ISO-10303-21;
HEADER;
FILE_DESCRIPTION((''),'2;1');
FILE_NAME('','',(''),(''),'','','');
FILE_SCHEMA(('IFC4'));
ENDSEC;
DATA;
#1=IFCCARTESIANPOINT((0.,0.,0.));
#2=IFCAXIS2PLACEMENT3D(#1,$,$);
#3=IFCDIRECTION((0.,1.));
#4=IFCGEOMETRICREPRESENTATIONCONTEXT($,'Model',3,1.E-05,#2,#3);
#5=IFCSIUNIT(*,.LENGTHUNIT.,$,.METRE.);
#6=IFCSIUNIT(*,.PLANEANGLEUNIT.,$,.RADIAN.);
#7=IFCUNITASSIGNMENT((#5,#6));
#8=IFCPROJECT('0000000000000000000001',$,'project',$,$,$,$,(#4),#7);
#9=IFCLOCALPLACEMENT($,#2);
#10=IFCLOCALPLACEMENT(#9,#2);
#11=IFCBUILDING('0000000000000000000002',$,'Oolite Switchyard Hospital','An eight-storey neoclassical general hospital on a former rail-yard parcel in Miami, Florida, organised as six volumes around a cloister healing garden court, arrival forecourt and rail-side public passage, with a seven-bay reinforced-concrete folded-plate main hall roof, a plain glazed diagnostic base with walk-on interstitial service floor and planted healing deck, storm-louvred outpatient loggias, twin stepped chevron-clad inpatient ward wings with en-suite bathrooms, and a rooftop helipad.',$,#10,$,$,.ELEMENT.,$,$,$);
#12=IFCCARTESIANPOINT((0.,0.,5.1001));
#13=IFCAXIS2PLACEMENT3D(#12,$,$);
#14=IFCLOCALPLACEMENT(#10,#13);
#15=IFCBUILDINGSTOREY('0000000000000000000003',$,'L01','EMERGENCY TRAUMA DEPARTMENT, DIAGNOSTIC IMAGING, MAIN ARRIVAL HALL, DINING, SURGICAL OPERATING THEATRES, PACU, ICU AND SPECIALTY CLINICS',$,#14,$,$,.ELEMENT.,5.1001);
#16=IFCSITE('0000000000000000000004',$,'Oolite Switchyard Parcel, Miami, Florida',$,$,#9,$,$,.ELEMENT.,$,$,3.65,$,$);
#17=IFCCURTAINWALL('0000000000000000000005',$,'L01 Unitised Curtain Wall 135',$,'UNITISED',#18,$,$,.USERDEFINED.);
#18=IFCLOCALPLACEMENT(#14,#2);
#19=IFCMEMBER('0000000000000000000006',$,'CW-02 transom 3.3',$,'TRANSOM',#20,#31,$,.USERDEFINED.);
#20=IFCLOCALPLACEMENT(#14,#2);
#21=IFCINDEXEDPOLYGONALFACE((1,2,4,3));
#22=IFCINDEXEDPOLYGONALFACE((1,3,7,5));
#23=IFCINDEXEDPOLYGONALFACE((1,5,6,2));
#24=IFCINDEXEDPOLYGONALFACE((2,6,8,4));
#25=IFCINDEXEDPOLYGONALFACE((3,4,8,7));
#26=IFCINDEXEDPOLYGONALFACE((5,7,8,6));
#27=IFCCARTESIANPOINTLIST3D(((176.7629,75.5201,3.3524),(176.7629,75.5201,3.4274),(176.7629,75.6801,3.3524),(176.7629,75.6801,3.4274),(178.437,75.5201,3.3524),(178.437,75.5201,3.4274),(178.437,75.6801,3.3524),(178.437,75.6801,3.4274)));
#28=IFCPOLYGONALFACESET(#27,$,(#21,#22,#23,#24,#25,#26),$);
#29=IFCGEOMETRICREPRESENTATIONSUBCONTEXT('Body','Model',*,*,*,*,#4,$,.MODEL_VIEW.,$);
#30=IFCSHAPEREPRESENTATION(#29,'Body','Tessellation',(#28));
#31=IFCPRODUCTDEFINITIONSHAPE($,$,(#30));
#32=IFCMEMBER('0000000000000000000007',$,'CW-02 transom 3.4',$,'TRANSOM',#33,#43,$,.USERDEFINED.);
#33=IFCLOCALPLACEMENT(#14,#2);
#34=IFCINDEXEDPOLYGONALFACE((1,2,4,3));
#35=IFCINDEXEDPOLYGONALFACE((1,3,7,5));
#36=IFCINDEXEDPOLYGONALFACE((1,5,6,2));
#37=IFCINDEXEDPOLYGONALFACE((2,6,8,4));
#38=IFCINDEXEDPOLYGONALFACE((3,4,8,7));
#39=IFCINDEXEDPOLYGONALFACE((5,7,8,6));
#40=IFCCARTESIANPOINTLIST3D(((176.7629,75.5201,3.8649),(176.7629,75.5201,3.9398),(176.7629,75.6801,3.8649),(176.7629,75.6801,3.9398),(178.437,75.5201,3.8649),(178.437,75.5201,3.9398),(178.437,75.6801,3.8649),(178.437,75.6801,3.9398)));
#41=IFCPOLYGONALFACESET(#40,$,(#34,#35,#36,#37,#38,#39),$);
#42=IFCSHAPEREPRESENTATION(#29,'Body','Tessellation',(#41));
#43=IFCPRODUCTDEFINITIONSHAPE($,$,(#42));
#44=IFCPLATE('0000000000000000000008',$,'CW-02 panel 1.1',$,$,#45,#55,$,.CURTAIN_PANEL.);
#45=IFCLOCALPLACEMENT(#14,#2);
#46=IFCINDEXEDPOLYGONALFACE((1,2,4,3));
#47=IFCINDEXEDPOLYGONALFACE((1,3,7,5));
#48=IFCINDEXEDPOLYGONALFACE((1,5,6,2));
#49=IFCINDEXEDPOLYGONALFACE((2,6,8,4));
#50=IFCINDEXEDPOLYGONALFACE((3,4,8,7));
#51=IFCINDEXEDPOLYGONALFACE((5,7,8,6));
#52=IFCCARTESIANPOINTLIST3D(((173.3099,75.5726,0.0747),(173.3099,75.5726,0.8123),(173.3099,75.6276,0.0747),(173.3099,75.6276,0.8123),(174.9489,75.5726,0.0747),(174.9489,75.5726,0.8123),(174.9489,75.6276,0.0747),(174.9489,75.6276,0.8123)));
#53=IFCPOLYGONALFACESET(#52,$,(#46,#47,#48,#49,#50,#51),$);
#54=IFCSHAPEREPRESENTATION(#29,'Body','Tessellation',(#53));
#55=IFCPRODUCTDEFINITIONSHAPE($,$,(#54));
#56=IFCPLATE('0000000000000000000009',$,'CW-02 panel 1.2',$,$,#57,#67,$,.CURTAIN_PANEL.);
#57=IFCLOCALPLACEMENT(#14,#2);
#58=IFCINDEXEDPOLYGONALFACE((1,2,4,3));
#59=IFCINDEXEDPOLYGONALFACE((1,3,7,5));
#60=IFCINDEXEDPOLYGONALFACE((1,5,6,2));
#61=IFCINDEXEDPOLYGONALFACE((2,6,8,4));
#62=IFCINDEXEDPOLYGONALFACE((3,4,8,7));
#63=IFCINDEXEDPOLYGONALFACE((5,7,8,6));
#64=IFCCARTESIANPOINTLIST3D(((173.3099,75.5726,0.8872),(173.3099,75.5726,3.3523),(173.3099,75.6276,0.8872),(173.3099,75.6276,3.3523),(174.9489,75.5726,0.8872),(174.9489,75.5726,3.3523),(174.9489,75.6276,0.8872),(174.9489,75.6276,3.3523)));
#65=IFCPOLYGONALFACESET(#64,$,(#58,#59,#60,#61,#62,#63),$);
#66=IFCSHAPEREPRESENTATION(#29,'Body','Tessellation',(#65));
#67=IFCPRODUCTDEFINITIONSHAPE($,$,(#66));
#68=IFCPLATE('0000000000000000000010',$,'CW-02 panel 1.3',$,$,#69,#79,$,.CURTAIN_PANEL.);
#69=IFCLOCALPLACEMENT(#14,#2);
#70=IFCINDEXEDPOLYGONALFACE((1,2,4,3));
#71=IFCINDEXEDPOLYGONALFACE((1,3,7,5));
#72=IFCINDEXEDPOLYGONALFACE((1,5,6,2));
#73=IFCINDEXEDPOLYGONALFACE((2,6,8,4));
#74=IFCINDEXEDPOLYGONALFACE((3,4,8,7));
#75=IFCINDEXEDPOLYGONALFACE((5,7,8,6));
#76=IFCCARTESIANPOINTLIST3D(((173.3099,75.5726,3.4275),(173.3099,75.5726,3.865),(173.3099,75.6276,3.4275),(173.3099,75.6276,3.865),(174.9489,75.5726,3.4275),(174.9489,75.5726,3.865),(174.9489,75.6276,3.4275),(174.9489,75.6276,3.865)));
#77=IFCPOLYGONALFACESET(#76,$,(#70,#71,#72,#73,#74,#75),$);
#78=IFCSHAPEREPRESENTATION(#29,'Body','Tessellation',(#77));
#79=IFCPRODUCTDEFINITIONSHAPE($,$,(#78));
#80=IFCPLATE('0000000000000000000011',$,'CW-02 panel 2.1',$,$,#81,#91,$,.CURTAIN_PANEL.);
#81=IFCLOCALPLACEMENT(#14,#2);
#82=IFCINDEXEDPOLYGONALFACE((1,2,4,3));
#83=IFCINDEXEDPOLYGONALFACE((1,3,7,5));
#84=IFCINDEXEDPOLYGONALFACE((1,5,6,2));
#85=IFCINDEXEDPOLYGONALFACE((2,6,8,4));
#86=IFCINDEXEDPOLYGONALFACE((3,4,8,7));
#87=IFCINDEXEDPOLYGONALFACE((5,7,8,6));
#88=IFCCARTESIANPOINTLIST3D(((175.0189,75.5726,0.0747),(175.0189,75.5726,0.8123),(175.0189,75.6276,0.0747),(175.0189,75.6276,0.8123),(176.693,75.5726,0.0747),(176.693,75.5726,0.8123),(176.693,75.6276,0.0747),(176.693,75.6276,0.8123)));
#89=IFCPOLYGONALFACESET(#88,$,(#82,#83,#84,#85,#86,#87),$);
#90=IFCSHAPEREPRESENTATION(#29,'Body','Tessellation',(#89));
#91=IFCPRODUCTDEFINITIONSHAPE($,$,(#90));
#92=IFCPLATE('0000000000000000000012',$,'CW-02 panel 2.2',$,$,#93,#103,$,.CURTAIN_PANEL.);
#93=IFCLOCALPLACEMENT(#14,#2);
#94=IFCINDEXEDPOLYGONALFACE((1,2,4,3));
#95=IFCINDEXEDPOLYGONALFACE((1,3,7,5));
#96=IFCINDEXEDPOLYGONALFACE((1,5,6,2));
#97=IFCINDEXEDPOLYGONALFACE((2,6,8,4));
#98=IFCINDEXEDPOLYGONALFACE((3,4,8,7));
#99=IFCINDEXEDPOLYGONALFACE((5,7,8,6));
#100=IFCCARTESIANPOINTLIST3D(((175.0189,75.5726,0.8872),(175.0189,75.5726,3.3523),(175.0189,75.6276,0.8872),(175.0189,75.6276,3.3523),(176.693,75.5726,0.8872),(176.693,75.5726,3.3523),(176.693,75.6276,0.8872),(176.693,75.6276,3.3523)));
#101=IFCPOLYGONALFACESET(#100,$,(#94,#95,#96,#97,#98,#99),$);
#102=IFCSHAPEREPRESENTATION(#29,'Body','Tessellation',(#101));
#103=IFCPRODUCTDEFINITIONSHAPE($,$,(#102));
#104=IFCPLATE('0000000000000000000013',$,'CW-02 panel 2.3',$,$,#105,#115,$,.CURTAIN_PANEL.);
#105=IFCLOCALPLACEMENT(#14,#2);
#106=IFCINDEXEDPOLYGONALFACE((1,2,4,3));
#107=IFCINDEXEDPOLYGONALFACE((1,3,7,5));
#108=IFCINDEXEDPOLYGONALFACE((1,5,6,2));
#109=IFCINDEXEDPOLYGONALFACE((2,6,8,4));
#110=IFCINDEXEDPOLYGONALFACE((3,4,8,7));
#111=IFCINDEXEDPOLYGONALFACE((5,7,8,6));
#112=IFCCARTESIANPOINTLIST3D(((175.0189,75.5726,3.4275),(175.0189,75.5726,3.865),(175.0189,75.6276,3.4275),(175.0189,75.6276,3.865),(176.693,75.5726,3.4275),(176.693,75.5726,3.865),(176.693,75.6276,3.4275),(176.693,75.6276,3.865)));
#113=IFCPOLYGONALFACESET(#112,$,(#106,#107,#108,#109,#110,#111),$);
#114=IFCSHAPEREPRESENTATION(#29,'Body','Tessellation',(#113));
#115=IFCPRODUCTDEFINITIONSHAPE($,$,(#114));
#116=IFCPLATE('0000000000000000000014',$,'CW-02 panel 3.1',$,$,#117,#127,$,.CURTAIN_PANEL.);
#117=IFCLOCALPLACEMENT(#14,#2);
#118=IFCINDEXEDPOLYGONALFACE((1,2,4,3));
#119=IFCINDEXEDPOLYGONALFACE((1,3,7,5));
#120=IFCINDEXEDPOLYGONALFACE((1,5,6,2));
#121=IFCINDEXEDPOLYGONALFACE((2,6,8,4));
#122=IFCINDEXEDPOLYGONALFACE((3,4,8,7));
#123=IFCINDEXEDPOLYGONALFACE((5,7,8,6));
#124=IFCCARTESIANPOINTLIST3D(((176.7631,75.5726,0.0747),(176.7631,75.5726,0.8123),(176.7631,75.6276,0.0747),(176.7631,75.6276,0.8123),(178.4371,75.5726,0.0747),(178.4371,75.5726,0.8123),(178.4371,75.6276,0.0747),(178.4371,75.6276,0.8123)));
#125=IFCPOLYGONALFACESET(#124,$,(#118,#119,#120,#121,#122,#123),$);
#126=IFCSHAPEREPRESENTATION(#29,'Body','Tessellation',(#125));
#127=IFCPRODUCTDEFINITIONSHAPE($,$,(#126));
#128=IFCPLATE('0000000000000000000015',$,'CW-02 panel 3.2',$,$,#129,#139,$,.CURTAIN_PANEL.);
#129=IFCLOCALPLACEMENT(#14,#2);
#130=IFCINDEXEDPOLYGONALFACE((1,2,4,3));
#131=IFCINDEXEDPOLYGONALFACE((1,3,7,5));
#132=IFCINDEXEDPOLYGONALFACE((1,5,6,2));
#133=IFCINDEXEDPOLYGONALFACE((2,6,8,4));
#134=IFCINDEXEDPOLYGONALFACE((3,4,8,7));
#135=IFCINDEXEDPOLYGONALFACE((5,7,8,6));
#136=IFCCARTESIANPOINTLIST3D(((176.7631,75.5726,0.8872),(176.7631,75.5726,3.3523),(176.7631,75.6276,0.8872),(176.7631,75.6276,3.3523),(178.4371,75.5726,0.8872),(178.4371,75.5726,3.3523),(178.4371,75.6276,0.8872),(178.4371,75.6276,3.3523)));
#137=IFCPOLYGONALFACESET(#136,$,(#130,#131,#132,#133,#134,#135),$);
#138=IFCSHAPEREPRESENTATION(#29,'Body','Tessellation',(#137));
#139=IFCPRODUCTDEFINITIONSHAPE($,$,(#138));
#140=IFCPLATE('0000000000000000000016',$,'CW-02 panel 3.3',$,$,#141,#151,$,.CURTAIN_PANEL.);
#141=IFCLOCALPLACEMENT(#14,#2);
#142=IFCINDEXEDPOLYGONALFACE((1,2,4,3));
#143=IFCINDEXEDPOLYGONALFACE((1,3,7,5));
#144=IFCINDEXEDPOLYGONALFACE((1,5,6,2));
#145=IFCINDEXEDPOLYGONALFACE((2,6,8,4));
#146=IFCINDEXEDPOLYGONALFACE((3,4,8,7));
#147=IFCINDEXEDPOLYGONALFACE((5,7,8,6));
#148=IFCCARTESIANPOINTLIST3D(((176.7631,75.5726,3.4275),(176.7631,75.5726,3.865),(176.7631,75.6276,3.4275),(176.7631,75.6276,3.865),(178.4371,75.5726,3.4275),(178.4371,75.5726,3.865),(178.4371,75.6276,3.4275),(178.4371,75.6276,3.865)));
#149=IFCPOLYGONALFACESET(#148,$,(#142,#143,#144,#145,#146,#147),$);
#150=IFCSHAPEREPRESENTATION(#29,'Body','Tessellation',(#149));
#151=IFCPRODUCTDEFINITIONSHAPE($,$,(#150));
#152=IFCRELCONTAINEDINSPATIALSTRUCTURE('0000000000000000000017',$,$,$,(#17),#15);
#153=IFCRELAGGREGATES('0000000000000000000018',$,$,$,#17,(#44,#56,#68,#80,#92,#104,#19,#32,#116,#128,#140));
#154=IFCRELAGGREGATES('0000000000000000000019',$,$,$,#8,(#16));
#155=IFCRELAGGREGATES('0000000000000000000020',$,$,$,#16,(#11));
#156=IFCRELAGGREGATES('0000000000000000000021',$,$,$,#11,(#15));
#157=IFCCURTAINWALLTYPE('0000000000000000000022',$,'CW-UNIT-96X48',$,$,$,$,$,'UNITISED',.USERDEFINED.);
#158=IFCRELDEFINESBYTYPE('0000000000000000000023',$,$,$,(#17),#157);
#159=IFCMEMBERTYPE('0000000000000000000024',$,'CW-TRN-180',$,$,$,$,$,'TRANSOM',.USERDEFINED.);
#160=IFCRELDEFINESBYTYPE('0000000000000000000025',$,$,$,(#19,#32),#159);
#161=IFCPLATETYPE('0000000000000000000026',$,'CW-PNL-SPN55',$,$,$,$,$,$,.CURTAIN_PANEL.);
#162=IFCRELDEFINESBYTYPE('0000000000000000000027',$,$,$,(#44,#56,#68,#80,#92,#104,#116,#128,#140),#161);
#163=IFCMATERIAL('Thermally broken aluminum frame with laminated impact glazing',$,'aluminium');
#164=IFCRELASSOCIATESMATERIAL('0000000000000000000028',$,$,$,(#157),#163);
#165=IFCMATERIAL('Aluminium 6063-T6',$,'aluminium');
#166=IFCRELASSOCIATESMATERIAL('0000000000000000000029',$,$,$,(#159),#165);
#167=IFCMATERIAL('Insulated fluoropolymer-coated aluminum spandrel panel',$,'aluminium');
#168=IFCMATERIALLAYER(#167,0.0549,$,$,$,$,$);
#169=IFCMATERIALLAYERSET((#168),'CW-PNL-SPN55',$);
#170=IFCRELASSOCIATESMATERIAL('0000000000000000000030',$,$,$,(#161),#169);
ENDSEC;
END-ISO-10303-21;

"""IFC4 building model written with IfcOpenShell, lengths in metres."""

from ifc_helpers import new_model, si_unit, direction, frame, origin, origin_2d, place, context, subcontext, project, spatial, rectangle, extrude, material, layer, layer_set, material_profile, profile_set, type_object, element, aggregate, save


model = new_model("IFC4")

# Units and contexts
model_context = context("Model", 3, precision=1e-05, world=origin(), true_north=direction((0.0, 1.0)))
body_context = subcontext(model_context, "Body", "Model", "MODEL_VIEW")
ifc_project = project(units=[si_unit("LENGTHUNIT", "METRE"), si_unit("PLANEANGLEUNIT", "RADIAN")], contexts=[model_context])

# Site, building, storey
site_placement = place(None, origin())
site = spatial("IfcSite", under=ifc_project, at=site_placement, Name="Oolite Switchyard Parcel, Miami, Florida", CompositionType="ELEMENT", RefElevation=3.65)
building_placement = place(site_placement, origin())
building = spatial("IfcBuilding", under=site, at=building_placement, Name="Oolite Switchyard Hospital", Description="An eight-storey neoclassical general hospital on a former rail-yard parcel in Miami, Florida, organised as six volumes around a cloister healing garden court, arrival forecourt and rail-side public passage, with a seven-bay reinforced-concrete folded-plate main hall roof, a plain glazed diagnostic base with walk-on interstitial service floor and planted healing deck, storm-louvred outpatient loggias, twin stepped chevron-clad inpatient ward wings with en-suite bathrooms, and a rooftop helipad.", CompositionType="ELEMENT")
storey_placement = place(building_placement, frame((0.0, 0.0, 5.1001)))
storey = spatial("IfcBuildingStorey", under=building, at=storey_placement, Name="L01", Description="EMERGENCY TRAUMA DEPARTMENT, DIAGNOSTIC IMAGING, MAIN ARRIVAL HALL, DINING, SURGICAL OPERATING THEATRES, PACU, ICU AND SPECIALTY CLINICS", CompositionType="ELEMENT", Elevation=5.1001)

# Curtain wall, members, plates
ifc_material_1 = material(Name="Thermally broken aluminum frame with laminated impact glazing", Category="aluminium")
curtain_wall_type = type_object("IfcCurtainWallType", Name="CW-UNIT-96X48", ElementType="UNITISED", PredefinedType="USERDEFINED", material=ifc_material_1)
curtain_wall_placement = place(storey_placement, origin())
curtain_wall = element("IfcCurtainWall", 1, at=curtain_wall_placement, inside=storey, type_object=curtain_wall_type, Name="L01 Unitised Curtain Wall 135", ObjectType="UNITISED", PredefinedType="USERDEFINED")
ifc_material_2 = material(Name="Aluminium 6063-T6", Category="aluminium")
ifc_material_profile_1 = material_profile(ifc_material_2, rectangle(XDim=0.1599, YDim=0.075, at=origin_2d()), Name="CWT75X160")
ifc_profile_set_1 = profile_set([ifc_material_profile_1], Name="Aluminium 6063-T6")
member_type_1 = type_object("IfcMemberType", Name="CW-TRN-180", ElementType="TRANSOM", PredefinedType="USERDEFINED", material=ifc_profile_set_1)
member_1_placement = place(storey_placement, frame((176.7629, 75.6001, 3.3899), z_axis=(1.0, 0.0, 0.0), x_axis=(0.0, 1.0, 0.0)))
member_1 = element("IfcMember", 2, at=member_1_placement, type_object=member_type_1, Name="CW-02 transom 3.3", ObjectType="TRANSOM", PredefinedType="USERDEFINED", context=body_context, shape_type="SweptSolid", body=[
    extrude(rectangle(XDim=0.1599, YDim=0.075, at=origin_2d()), origin(), (0.0, 0.0, 1.0), 1.6741),
])
member_2_placement = place(storey_placement, frame((176.7629, 75.6001, 3.9023), z_axis=(1.0, 0.0, 0.0), x_axis=(0.0, 1.0, 0.0)))
member_2 = element("IfcMember", 3, at=member_2_placement, type_object=member_type_1, Name="CW-02 transom 3.4", ObjectType="TRANSOM", PredefinedType="USERDEFINED", context=body_context, shape_type="SweptSolid", body=[
    extrude(rectangle(XDim=0.1599, YDim=0.075, at=origin_2d()), origin(), (0.0, 0.0, 1.0), 1.6741),
])
ifc_material_3 = material(Name="Insulated fluoropolymer-coated aluminum spandrel panel", Category="aluminium")
ifc_layer = layer(ifc_material_3, 0.0549)
ifc_layer_set = layer_set([ifc_layer], Name="CW-PNL-SPN55")
plate_type = type_object("IfcPlateType", Name="CW-PNL-SPN55", PredefinedType="CURTAIN_PANEL", material=ifc_layer_set)
plate_1_placement = place(storey_placement, frame((174.1294, 75.6001, 0.0747), z_axis=(0.0, 0.0, 1.0), x_axis=(1.0, 0.0, 0.0)))
plate_1 = element("IfcPlate", 4, at=plate_1_placement, type_object=plate_type, Name="CW-02 panel 1.1", PredefinedType="CURTAIN_PANEL", context=body_context, shape_type="SweptSolid", body=[
    extrude(rectangle(XDim=1.6389, YDim=0.0549, at=origin_2d()), origin(), (0.0, 0.0, 1.0), 0.7375),
])
plate_2_placement = place(storey_placement, frame((174.1294, 75.6001, 0.8872), z_axis=(0.0, 0.0, 1.0), x_axis=(1.0, 0.0, 0.0)))
plate_2 = element("IfcPlate", 5, at=plate_2_placement, type_object=plate_type, Name="CW-02 panel 1.2", PredefinedType="CURTAIN_PANEL", context=body_context, shape_type="SweptSolid", body=[
    extrude(rectangle(XDim=1.6389, YDim=0.0549, at=origin_2d()), origin(), (0.0, 0.0, 1.0), 2.4651),
])
plate_3_placement = place(storey_placement, frame((174.1294, 75.6001, 3.4275), z_axis=(0.0, 0.0, 1.0), x_axis=(1.0, 0.0, 0.0)))
plate_3 = element("IfcPlate", 6, at=plate_3_placement, type_object=plate_type, Name="CW-02 panel 1.3", PredefinedType="CURTAIN_PANEL", context=body_context, shape_type="SweptSolid", body=[
    extrude(rectangle(XDim=1.6389, YDim=0.0549, at=origin_2d()), origin(), (0.0, 0.0, 1.0), 0.4375),
])
plate_4_placement = place(storey_placement, frame((175.856, 75.6001, 0.0747), z_axis=(0.0, 0.0, 1.0), x_axis=(1.0, 0.0, 0.0)))
plate_4 = element("IfcPlate", 7, at=plate_4_placement, type_object=plate_type, Name="CW-02 panel 2.1", PredefinedType="CURTAIN_PANEL", context=body_context, shape_type="SweptSolid", body=[
    extrude(rectangle(XDim=1.6741, YDim=0.0549, at=origin_2d()), origin(), (0.0, 0.0, 1.0), 0.7375),
])
plate_5_placement = place(storey_placement, frame((175.856, 75.6001, 0.8872), z_axis=(0.0, 0.0, 1.0), x_axis=(1.0, 0.0, 0.0)))
plate_5 = element("IfcPlate", 8, at=plate_5_placement, type_object=plate_type, Name="CW-02 panel 2.2", PredefinedType="CURTAIN_PANEL", context=body_context, shape_type="SweptSolid", body=[
    extrude(rectangle(XDim=1.6741, YDim=0.0549, at=origin_2d()), origin(), (0.0, 0.0, 1.0), 2.4651),
])
plate_6_placement = place(storey_placement, frame((175.856, 75.6001, 3.4275), z_axis=(0.0, 0.0, 1.0), x_axis=(1.0, 0.0, 0.0)))
plate_6 = element("IfcPlate", 9, at=plate_6_placement, type_object=plate_type, Name="CW-02 panel 2.3", PredefinedType="CURTAIN_PANEL", context=body_context, shape_type="SweptSolid", body=[
    extrude(rectangle(XDim=1.6741, YDim=0.0549, at=origin_2d()), origin(), (0.0, 0.0, 1.0), 0.4375),
])
plate_7_placement = place(storey_placement, frame((177.6001, 75.6001, 0.0747), z_axis=(0.0, 0.0, 1.0), x_axis=(1.0, 0.0, 0.0)))
plate_7 = element("IfcPlate", 10, at=plate_7_placement, type_object=plate_type, Name="CW-02 panel 3.1", PredefinedType="CURTAIN_PANEL", context=body_context, shape_type="SweptSolid", body=[
    extrude(rectangle(XDim=1.6741, YDim=0.0549, at=origin_2d()), origin(), (0.0, 0.0, 1.0), 0.7375),
])
plate_8_placement = place(storey_placement, frame((177.6001, 75.6001, 0.8872), z_axis=(0.0, 0.0, 1.0), x_axis=(1.0, 0.0, 0.0)))
plate_8 = element("IfcPlate", 11, at=plate_8_placement, type_object=plate_type, Name="CW-02 panel 3.2", PredefinedType="CURTAIN_PANEL", context=body_context, shape_type="SweptSolid", body=[
    extrude(rectangle(XDim=1.6741, YDim=0.0549, at=origin_2d()), origin(), (0.0, 0.0, 1.0), 2.4651),
])
plate_9_placement = place(storey_placement, frame((177.6001, 75.6001, 3.4275), z_axis=(0.0, 0.0, 1.0), x_axis=(1.0, 0.0, 0.0)))
plate_9 = element("IfcPlate", 12, at=plate_9_placement, type_object=plate_type, Name="CW-02 panel 3.3", PredefinedType="CURTAIN_PANEL", context=body_context, shape_type="SweptSolid", body=[
    extrude(rectangle(XDim=1.6741, YDim=0.0549, at=origin_2d()), origin(), (0.0, 0.0, 1.0), 0.4375),
])
aggregate(curtain_wall, [plate_1, plate_2, plate_3, plate_4, plate_5, plate_6, member_1, member_2, plate_7, plate_8, plate_9])

save(model, "model.ifc")
